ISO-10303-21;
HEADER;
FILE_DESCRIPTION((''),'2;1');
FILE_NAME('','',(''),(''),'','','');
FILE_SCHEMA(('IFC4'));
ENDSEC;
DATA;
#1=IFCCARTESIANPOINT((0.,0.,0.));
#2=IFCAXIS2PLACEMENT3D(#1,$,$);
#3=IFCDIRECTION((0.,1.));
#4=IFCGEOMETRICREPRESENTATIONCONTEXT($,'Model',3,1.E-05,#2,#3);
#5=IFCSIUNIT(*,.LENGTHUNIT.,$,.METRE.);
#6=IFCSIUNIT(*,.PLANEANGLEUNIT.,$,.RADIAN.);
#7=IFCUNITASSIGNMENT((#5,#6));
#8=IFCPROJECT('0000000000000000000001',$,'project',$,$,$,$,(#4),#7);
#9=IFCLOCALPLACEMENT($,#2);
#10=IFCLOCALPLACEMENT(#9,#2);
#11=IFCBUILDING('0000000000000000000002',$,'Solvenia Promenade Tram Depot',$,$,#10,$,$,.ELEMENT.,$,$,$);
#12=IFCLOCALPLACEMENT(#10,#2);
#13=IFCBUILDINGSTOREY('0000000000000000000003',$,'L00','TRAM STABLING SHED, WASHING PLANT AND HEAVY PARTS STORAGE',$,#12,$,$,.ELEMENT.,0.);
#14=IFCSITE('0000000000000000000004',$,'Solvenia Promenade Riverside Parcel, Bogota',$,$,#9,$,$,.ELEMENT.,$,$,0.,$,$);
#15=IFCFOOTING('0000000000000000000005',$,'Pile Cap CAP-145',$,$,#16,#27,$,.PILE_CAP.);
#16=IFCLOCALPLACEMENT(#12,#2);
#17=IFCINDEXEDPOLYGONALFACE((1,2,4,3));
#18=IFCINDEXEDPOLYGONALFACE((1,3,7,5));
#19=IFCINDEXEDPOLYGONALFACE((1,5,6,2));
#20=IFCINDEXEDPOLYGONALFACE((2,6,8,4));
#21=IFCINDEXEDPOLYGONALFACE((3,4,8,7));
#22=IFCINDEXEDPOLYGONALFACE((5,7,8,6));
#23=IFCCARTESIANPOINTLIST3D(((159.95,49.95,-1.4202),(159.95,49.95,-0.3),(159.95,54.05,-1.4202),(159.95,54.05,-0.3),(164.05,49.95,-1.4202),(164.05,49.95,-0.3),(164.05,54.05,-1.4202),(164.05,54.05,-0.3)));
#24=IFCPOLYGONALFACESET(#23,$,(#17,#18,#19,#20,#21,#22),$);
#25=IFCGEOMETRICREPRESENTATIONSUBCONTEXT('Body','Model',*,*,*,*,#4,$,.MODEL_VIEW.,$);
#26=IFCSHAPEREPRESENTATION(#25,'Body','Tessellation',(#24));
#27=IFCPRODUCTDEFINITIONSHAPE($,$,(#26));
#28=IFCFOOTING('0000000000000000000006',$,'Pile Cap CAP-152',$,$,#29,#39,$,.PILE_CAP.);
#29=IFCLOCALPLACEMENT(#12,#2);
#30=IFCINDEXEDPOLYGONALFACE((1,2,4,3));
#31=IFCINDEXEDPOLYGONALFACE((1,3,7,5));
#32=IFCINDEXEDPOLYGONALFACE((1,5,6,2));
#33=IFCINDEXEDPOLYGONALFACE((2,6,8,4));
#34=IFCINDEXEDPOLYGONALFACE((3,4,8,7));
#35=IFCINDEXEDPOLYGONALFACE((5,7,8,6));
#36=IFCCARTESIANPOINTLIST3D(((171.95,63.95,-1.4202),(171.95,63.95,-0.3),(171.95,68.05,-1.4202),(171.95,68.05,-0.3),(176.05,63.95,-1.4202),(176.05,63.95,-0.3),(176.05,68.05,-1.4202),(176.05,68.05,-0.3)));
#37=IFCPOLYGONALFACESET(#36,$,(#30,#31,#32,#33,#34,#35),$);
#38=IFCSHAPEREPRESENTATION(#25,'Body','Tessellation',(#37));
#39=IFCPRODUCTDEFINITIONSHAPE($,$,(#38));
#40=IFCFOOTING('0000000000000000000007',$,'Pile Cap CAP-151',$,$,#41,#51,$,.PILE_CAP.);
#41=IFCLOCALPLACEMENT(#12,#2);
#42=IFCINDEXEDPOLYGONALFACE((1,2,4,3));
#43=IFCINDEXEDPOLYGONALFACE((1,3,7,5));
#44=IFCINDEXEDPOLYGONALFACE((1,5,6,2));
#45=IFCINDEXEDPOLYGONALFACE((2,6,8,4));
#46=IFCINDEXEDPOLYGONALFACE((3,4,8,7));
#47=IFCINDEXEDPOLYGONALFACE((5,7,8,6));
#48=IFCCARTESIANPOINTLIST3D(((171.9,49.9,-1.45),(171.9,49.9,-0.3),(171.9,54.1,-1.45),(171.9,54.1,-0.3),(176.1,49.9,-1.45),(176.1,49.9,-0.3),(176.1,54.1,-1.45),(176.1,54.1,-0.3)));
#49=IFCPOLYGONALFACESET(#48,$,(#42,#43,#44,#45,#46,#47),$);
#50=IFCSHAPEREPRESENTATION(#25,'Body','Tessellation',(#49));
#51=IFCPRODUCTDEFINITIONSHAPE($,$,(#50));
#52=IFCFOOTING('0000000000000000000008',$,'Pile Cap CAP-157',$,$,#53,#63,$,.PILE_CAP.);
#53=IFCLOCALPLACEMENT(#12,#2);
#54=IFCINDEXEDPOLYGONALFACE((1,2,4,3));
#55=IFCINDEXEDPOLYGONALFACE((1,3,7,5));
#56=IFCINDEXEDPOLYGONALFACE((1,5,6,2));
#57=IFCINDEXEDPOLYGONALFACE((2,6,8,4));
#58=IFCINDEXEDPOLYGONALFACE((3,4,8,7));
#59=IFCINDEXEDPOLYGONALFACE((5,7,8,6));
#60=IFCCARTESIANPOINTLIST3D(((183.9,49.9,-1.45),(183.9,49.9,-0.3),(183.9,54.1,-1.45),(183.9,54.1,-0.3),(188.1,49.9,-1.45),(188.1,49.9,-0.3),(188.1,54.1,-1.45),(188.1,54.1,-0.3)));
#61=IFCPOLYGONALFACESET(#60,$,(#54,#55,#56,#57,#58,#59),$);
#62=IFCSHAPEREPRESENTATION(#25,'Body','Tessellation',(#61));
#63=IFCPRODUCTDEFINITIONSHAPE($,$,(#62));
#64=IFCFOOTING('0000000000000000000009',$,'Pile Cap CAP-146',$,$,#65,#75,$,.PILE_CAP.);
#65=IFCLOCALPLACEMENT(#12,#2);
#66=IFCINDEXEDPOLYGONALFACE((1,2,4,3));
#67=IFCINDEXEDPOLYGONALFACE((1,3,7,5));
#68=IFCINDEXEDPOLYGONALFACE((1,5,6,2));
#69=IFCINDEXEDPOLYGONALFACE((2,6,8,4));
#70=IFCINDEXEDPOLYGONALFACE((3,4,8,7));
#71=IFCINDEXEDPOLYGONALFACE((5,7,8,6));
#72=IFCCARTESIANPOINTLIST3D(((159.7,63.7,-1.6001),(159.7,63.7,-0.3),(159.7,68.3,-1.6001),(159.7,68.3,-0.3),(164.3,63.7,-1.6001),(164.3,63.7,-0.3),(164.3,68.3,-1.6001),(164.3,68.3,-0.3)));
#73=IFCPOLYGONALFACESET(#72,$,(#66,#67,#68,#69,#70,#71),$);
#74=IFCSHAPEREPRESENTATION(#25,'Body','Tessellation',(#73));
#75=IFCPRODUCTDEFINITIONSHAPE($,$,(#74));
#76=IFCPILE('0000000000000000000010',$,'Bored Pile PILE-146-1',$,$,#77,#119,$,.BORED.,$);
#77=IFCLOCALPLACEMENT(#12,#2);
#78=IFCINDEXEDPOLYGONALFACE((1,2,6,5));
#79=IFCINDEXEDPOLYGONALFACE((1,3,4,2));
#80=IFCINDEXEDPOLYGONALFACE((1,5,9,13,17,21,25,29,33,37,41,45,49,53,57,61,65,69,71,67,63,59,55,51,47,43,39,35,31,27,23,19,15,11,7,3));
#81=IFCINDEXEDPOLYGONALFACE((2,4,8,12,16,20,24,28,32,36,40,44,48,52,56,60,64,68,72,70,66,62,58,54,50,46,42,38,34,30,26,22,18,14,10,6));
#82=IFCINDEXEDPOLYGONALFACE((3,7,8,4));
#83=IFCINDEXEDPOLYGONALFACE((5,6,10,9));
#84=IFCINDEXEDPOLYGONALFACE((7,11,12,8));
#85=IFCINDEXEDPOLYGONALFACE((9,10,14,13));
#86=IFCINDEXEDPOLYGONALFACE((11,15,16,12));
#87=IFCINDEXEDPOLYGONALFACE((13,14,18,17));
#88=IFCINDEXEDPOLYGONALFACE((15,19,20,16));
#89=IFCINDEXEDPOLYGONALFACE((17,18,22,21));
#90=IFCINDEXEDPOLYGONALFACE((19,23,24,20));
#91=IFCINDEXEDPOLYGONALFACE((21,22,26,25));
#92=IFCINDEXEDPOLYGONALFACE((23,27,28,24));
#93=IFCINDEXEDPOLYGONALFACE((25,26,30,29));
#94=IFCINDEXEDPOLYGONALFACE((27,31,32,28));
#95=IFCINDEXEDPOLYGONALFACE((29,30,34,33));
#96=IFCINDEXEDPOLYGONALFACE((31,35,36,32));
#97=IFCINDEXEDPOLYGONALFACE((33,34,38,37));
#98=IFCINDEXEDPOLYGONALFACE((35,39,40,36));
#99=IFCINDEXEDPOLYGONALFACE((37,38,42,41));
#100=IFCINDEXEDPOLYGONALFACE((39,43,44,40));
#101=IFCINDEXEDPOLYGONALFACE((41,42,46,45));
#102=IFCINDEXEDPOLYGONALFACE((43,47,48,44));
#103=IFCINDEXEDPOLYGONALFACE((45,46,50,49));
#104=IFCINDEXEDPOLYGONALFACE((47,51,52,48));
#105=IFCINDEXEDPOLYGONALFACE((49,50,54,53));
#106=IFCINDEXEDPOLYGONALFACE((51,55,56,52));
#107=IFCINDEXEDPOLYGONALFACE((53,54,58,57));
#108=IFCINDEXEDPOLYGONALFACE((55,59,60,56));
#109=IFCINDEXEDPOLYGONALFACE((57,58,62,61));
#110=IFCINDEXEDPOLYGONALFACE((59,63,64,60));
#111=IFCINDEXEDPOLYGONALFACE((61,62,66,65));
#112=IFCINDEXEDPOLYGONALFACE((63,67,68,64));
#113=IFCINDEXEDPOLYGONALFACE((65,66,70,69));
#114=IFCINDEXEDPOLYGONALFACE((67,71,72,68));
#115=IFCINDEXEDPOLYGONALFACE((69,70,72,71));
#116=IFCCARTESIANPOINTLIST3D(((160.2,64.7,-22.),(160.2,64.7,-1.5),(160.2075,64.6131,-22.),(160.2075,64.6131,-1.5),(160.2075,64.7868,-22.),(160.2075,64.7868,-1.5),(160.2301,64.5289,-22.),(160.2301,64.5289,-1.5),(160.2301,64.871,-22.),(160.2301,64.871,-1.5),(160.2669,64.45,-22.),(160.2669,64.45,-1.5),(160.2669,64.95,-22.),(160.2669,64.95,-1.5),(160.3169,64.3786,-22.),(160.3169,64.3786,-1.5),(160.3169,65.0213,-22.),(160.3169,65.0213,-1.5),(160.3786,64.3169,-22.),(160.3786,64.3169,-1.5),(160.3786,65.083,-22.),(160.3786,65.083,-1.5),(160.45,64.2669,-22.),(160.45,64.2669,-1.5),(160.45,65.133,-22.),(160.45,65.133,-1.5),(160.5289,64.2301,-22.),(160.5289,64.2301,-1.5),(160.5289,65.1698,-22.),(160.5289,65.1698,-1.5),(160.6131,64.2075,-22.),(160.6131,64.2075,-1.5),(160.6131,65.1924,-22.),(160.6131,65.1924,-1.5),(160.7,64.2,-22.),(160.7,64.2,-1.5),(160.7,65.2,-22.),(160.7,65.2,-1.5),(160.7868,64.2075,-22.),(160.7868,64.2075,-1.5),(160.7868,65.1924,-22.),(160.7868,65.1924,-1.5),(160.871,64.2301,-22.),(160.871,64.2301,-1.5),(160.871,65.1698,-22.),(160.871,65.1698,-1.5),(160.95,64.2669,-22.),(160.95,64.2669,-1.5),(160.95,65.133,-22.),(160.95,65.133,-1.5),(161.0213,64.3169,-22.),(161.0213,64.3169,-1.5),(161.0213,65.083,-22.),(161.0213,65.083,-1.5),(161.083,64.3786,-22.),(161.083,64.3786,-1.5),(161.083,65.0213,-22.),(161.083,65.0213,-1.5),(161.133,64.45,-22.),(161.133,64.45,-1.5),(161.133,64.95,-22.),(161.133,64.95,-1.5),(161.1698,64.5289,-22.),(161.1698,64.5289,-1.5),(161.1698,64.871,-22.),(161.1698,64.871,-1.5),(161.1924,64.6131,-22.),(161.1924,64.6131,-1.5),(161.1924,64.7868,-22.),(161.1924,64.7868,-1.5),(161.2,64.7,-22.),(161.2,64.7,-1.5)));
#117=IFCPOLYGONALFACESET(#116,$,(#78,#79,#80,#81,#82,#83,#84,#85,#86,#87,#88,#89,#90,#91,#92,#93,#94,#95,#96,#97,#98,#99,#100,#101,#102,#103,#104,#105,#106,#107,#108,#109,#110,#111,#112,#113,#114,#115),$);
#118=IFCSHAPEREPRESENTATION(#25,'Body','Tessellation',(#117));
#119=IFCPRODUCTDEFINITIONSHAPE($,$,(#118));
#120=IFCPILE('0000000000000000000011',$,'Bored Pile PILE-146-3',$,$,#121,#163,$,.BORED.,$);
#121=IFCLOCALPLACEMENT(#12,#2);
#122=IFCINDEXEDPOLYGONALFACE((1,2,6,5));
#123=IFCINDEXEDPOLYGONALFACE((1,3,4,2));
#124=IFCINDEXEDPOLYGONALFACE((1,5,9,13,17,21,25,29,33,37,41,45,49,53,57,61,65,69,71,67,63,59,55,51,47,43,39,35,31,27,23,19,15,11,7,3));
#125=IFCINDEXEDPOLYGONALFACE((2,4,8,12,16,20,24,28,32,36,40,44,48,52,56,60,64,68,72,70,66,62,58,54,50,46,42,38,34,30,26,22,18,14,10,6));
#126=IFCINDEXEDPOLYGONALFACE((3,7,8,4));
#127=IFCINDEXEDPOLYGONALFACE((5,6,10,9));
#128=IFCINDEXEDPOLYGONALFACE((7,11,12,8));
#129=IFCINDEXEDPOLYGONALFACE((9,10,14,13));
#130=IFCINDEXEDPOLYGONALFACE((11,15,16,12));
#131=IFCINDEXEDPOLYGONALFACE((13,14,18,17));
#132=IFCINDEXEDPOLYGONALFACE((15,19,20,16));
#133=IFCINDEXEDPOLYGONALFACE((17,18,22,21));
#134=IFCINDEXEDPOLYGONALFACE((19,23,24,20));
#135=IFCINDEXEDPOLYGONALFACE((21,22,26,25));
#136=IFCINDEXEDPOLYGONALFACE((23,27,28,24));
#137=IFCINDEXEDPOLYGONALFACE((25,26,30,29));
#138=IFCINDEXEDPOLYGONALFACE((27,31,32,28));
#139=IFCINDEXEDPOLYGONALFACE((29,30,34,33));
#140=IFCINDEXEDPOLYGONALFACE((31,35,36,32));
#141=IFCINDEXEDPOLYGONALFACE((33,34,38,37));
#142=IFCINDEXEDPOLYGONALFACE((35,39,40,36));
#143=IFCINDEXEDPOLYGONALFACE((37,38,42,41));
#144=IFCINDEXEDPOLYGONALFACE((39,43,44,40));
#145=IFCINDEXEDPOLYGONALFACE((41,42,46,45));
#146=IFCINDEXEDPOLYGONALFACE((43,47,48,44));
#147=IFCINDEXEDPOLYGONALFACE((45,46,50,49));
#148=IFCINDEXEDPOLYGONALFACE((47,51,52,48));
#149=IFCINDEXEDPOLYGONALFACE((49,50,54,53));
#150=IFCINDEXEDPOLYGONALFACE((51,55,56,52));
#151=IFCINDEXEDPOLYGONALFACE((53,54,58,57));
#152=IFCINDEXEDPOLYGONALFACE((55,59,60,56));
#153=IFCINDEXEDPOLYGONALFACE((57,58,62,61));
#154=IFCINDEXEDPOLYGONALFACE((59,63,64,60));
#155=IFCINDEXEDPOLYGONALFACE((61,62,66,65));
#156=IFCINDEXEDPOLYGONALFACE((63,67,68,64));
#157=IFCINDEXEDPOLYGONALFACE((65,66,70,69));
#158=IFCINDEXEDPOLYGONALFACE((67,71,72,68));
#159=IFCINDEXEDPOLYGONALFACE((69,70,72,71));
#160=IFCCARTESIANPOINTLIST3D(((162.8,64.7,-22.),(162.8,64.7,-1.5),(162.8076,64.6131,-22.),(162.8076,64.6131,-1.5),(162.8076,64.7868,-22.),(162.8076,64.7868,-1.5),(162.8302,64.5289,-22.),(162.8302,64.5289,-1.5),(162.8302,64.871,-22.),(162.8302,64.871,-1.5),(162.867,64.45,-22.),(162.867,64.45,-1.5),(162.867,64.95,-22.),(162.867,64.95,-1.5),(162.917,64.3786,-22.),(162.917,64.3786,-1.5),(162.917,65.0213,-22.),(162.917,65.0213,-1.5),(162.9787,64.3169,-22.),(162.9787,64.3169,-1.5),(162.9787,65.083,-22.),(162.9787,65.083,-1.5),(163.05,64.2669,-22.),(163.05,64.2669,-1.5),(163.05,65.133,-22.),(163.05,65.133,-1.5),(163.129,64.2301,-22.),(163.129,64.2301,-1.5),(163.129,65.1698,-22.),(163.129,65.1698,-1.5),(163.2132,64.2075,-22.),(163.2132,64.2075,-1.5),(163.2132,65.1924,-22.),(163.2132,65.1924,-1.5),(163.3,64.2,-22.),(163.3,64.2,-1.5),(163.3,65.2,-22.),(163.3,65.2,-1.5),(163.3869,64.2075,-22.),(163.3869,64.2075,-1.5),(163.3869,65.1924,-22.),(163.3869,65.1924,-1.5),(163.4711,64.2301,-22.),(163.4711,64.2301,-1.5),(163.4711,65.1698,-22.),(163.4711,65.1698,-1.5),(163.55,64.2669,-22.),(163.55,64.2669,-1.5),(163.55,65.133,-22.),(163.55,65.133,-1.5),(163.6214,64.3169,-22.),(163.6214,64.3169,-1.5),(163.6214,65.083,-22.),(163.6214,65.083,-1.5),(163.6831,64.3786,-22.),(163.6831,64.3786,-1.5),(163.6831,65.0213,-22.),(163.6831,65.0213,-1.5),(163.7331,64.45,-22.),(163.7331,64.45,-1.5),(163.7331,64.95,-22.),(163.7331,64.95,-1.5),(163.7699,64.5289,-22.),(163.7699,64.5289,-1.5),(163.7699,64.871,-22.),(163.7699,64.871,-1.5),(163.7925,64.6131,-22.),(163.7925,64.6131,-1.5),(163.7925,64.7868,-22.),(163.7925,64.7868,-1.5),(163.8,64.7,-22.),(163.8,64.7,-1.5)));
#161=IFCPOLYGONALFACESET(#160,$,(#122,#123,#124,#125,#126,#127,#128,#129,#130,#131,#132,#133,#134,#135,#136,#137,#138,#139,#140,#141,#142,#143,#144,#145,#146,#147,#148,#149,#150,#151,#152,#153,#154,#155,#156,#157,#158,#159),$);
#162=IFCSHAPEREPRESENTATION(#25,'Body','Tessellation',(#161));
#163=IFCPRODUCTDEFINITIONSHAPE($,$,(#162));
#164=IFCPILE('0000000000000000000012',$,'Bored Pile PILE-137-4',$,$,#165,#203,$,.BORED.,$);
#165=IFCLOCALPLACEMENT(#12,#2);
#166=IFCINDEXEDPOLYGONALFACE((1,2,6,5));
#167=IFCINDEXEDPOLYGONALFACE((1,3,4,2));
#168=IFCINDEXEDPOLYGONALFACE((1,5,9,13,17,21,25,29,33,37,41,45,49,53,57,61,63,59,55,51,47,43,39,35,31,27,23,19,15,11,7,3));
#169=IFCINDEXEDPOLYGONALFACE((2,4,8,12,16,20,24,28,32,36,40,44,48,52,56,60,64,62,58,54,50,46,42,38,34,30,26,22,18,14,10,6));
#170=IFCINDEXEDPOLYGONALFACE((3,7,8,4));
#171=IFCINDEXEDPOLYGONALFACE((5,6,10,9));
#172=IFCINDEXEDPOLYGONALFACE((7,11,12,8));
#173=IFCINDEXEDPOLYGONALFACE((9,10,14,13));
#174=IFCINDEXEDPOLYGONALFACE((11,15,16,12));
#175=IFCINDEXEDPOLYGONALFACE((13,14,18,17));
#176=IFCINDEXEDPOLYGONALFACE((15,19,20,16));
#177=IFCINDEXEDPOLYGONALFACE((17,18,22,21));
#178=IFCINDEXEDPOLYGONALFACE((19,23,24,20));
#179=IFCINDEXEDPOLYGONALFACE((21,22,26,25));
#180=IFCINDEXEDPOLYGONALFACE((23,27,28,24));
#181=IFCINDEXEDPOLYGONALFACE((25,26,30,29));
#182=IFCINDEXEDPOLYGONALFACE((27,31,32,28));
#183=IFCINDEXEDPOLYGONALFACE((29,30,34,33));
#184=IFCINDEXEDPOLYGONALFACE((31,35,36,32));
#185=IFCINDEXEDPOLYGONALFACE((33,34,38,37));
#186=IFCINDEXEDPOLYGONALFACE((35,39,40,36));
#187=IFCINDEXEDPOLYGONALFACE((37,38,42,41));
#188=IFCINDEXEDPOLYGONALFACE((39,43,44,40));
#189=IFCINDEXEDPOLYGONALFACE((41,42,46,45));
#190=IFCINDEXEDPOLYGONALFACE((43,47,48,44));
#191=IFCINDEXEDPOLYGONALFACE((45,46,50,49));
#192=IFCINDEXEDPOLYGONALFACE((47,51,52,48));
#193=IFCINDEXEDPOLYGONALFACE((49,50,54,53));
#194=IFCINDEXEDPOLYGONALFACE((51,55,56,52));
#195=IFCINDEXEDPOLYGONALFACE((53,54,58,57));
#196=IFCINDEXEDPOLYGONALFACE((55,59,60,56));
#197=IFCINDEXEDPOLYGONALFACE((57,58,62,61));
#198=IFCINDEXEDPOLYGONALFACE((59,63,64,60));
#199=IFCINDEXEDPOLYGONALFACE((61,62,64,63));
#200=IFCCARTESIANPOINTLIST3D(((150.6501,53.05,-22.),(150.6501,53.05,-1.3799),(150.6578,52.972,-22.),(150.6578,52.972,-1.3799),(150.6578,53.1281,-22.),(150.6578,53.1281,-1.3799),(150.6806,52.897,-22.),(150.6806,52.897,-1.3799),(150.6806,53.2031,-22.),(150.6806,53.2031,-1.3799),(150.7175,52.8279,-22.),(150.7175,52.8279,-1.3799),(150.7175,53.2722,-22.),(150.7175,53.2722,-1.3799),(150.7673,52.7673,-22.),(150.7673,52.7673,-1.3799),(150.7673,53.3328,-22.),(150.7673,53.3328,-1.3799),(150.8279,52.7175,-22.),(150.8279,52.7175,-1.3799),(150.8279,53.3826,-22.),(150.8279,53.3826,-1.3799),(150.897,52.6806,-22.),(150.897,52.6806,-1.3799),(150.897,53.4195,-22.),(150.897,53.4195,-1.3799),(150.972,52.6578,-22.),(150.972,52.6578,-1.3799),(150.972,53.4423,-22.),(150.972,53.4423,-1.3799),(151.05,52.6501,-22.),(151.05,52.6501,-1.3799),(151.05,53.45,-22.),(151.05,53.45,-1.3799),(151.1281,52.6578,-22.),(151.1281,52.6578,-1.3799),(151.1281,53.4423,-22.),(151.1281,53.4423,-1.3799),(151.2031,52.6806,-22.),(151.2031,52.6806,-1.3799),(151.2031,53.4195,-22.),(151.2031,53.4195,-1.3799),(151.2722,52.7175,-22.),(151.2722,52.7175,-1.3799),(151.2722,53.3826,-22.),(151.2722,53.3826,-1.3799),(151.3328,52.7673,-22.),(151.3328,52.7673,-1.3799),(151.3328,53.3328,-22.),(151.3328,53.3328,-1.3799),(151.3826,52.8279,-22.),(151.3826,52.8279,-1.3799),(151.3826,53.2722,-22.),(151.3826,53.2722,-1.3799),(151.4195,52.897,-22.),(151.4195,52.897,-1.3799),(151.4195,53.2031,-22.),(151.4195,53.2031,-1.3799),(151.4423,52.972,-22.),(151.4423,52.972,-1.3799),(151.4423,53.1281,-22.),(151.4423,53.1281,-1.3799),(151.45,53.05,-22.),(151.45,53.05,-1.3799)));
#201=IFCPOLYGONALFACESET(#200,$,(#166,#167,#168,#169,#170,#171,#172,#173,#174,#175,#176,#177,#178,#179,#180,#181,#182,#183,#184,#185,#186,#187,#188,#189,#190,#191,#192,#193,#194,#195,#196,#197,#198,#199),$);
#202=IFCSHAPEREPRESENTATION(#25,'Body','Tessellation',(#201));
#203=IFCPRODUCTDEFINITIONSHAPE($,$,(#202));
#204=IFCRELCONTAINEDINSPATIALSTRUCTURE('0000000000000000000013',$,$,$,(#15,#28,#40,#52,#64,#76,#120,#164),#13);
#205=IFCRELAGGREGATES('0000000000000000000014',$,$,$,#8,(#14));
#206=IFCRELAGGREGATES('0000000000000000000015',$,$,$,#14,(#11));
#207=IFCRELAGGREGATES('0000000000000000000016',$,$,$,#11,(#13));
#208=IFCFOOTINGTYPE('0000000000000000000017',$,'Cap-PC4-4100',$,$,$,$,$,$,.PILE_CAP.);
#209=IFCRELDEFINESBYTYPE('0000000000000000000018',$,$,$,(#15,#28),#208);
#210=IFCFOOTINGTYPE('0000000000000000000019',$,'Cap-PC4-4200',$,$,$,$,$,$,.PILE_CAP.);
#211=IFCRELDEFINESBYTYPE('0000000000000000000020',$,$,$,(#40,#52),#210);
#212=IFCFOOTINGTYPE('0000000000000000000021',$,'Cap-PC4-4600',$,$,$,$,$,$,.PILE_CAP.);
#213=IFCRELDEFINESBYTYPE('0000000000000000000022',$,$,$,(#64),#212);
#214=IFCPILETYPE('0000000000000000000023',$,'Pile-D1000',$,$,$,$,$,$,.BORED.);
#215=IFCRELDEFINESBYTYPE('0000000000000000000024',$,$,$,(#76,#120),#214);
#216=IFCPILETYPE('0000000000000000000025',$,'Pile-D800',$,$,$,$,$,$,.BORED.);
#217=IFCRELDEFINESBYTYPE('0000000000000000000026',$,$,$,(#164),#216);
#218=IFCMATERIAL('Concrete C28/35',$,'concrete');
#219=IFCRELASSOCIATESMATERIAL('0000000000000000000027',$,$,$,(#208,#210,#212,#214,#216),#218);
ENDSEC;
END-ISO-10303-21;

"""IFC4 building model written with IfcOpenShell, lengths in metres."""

from ifc_helpers import new_model, si_unit, direction, frame, origin, origin_2d, place, context, subcontext, project, spatial, rectangle, circle, extrude, material, material_profile, profile_set, type_object, element, save


model = new_model("IFC4")

# Units and contexts
model_context = context("Model", 3, precision=1e-05, world=origin(), true_north=direction((0.0, 1.0)))
body_context = subcontext(model_context, "Body", "Model", "MODEL_VIEW")
ifc_project = project(units=[si_unit("LENGTHUNIT", "METRE"), si_unit("PLANEANGLEUNIT", "RADIAN")], contexts=[model_context])

# Site, building, storey
site_placement = place(None, origin())
site = spatial("IfcSite", under=ifc_project, at=site_placement, Name="Solvenia Promenade Riverside Parcel, Bogota", CompositionType="ELEMENT", RefElevation=0.0)
building_placement = place(site_placement, origin())
building = spatial("IfcBuilding", under=site, at=building_placement, Name="Solvenia Promenade Tram Depot", CompositionType="ELEMENT")
storey_placement = place(building_placement, origin())
storey = spatial("IfcBuildingStorey", under=building, at=storey_placement, Name="L00", Description="TRAM STABLING SHED, WASHING PLANT AND HEAVY PARTS STORAGE", CompositionType="ELEMENT", Elevation=0.0)

# Footings
ifc_material_1 = material(Name="Concrete C28/35", Category="concrete")
footing_type_1 = type_object("IfcFootingType", Name="Cap-PC4-4100", PredefinedType="PILE_CAP", material=ifc_material_1)
for number, where, z_axis, x_axis, name in (
    (1, (162.0, 52.0, -1.4202), (0.0, 0.0, 1.0), (1.0, 0.0, 0.0), "Pile Cap CAP-145"),
    (2, (174.0, 66.0, -1.4202), (0.0, 0.0, 1.0), (1.0, 0.0, 0.0), "Pile Cap CAP-152"),
):
    element("IfcFooting", number, at=place(storey_placement, frame(where, z_axis=z_axis, x_axis=x_axis)), inside=storey, type_object=footing_type_1, Name=name, PredefinedType="PILE_CAP", context=body_context, shape_type="SweptSolid", body=[
        extrude(rectangle(XDim=4.1001, YDim=4.1001, at=origin_2d()), origin(), (0.0, 0.0, 1.0), 1.1201),
    ])
footing_type_2 = type_object("IfcFootingType", Name="Cap-PC4-4200", PredefinedType="PILE_CAP", material=ifc_material_1)
for number, where, z_axis, x_axis, name in (
    (3, (174.0, 52.0, -1.45), (0.0, 0.0, 1.0), (1.0, 0.0, 0.0), "Pile Cap CAP-151"),
    (4, (186.0, 52.0, -1.45), (0.0, 0.0, 1.0), (1.0, 0.0, 0.0), "Pile Cap CAP-157"),
):
    element("IfcFooting", number, at=place(storey_placement, frame(where, z_axis=z_axis, x_axis=x_axis)), inside=storey, type_object=footing_type_2, Name=name, PredefinedType="PILE_CAP", context=body_context, shape_type="SweptSolid", body=[
        extrude(rectangle(XDim=4.2, YDim=4.2, at=origin_2d()), origin(), (0.0, 0.0, 1.0), 1.1499),
    ])
footing_type_3 = type_object("IfcFootingType", Name="Cap-PC4-4600", PredefinedType="PILE_CAP", material=ifc_material_1)
footing_1_placement = place(storey_placement, frame((162.0, 66.0, -1.6001), z_axis=(0.0, 0.0, 1.0), x_axis=(1.0, 0.0, 0.0)))
element("IfcFooting", 5, at=footing_1_placement, inside=storey, type_object=footing_type_3, Name="Pile Cap CAP-146", PredefinedType="PILE_CAP", context=body_context, shape_type="SweptSolid", body=[
    extrude(rectangle(XDim=4.6001, YDim=4.6001, at=origin_2d()), origin(), (0.0, 0.0, 1.0), 1.3),
])

# Piles
ifc_material_profile_1 = material_profile(ifc_material_1, circle(Radius=0.5, at=origin_2d()), Name="D1000", Category="concrete")
ifc_profile_set_1 = profile_set([ifc_material_profile_1], Name="Concrete C28/35")
pile_type_1 = type_object("IfcPileType", Name="Pile-D1000", PredefinedType="BORED", material=ifc_profile_set_1)
for number, where, z_axis, x_axis, name in (
    (6, (160.7, 64.7, -1.5), (0.0, 0.0, -1.0), (1.0, 0.0, 0.0), "Bored Pile PILE-146-1"),
    (7, (163.3, 64.7, -1.5), (0.0, 0.0, -1.0), (1.0, 0.0, 0.0), "Bored Pile PILE-146-3"),
):
    element("IfcPile", number, at=place(storey_placement, frame(where, z_axis=z_axis, x_axis=x_axis)), inside=storey, type_object=pile_type_1, Name=name, PredefinedType="BORED", context=body_context, shape_type="SweptSolid", body=[
        extrude(circle(Radius=0.5, at=origin_2d()), origin(), (0.0, 0.0, 1.0), 20.5),
    ])
ifc_material_profile_2 = material_profile(ifc_material_1, circle(Radius=0.3999, at=origin_2d()), Name="D800", Category="concrete")
ifc_profile_set_2 = profile_set([ifc_material_profile_2], Name="Concrete C28/35")
pile_type_2 = type_object("IfcPileType", Name="Pile-D800", PredefinedType="BORED", material=ifc_profile_set_2)
pile_1_placement = place(storey_placement, frame((151.05, 53.05, -1.3799), z_axis=(0.0, 0.0, -1.0), x_axis=(1.0, 0.0, 0.0)))
element("IfcPile", 8, at=pile_1_placement, inside=storey, type_object=pile_type_2, Name="Bored Pile PILE-137-4", PredefinedType="BORED", context=body_context, shape_type="SweptSolid", body=[
    extrude(circle(Radius=0.3999, at=origin_2d()), origin(), (0.0, 0.0, 1.0), 20.6201),
])

save(model, "model.ifc")
